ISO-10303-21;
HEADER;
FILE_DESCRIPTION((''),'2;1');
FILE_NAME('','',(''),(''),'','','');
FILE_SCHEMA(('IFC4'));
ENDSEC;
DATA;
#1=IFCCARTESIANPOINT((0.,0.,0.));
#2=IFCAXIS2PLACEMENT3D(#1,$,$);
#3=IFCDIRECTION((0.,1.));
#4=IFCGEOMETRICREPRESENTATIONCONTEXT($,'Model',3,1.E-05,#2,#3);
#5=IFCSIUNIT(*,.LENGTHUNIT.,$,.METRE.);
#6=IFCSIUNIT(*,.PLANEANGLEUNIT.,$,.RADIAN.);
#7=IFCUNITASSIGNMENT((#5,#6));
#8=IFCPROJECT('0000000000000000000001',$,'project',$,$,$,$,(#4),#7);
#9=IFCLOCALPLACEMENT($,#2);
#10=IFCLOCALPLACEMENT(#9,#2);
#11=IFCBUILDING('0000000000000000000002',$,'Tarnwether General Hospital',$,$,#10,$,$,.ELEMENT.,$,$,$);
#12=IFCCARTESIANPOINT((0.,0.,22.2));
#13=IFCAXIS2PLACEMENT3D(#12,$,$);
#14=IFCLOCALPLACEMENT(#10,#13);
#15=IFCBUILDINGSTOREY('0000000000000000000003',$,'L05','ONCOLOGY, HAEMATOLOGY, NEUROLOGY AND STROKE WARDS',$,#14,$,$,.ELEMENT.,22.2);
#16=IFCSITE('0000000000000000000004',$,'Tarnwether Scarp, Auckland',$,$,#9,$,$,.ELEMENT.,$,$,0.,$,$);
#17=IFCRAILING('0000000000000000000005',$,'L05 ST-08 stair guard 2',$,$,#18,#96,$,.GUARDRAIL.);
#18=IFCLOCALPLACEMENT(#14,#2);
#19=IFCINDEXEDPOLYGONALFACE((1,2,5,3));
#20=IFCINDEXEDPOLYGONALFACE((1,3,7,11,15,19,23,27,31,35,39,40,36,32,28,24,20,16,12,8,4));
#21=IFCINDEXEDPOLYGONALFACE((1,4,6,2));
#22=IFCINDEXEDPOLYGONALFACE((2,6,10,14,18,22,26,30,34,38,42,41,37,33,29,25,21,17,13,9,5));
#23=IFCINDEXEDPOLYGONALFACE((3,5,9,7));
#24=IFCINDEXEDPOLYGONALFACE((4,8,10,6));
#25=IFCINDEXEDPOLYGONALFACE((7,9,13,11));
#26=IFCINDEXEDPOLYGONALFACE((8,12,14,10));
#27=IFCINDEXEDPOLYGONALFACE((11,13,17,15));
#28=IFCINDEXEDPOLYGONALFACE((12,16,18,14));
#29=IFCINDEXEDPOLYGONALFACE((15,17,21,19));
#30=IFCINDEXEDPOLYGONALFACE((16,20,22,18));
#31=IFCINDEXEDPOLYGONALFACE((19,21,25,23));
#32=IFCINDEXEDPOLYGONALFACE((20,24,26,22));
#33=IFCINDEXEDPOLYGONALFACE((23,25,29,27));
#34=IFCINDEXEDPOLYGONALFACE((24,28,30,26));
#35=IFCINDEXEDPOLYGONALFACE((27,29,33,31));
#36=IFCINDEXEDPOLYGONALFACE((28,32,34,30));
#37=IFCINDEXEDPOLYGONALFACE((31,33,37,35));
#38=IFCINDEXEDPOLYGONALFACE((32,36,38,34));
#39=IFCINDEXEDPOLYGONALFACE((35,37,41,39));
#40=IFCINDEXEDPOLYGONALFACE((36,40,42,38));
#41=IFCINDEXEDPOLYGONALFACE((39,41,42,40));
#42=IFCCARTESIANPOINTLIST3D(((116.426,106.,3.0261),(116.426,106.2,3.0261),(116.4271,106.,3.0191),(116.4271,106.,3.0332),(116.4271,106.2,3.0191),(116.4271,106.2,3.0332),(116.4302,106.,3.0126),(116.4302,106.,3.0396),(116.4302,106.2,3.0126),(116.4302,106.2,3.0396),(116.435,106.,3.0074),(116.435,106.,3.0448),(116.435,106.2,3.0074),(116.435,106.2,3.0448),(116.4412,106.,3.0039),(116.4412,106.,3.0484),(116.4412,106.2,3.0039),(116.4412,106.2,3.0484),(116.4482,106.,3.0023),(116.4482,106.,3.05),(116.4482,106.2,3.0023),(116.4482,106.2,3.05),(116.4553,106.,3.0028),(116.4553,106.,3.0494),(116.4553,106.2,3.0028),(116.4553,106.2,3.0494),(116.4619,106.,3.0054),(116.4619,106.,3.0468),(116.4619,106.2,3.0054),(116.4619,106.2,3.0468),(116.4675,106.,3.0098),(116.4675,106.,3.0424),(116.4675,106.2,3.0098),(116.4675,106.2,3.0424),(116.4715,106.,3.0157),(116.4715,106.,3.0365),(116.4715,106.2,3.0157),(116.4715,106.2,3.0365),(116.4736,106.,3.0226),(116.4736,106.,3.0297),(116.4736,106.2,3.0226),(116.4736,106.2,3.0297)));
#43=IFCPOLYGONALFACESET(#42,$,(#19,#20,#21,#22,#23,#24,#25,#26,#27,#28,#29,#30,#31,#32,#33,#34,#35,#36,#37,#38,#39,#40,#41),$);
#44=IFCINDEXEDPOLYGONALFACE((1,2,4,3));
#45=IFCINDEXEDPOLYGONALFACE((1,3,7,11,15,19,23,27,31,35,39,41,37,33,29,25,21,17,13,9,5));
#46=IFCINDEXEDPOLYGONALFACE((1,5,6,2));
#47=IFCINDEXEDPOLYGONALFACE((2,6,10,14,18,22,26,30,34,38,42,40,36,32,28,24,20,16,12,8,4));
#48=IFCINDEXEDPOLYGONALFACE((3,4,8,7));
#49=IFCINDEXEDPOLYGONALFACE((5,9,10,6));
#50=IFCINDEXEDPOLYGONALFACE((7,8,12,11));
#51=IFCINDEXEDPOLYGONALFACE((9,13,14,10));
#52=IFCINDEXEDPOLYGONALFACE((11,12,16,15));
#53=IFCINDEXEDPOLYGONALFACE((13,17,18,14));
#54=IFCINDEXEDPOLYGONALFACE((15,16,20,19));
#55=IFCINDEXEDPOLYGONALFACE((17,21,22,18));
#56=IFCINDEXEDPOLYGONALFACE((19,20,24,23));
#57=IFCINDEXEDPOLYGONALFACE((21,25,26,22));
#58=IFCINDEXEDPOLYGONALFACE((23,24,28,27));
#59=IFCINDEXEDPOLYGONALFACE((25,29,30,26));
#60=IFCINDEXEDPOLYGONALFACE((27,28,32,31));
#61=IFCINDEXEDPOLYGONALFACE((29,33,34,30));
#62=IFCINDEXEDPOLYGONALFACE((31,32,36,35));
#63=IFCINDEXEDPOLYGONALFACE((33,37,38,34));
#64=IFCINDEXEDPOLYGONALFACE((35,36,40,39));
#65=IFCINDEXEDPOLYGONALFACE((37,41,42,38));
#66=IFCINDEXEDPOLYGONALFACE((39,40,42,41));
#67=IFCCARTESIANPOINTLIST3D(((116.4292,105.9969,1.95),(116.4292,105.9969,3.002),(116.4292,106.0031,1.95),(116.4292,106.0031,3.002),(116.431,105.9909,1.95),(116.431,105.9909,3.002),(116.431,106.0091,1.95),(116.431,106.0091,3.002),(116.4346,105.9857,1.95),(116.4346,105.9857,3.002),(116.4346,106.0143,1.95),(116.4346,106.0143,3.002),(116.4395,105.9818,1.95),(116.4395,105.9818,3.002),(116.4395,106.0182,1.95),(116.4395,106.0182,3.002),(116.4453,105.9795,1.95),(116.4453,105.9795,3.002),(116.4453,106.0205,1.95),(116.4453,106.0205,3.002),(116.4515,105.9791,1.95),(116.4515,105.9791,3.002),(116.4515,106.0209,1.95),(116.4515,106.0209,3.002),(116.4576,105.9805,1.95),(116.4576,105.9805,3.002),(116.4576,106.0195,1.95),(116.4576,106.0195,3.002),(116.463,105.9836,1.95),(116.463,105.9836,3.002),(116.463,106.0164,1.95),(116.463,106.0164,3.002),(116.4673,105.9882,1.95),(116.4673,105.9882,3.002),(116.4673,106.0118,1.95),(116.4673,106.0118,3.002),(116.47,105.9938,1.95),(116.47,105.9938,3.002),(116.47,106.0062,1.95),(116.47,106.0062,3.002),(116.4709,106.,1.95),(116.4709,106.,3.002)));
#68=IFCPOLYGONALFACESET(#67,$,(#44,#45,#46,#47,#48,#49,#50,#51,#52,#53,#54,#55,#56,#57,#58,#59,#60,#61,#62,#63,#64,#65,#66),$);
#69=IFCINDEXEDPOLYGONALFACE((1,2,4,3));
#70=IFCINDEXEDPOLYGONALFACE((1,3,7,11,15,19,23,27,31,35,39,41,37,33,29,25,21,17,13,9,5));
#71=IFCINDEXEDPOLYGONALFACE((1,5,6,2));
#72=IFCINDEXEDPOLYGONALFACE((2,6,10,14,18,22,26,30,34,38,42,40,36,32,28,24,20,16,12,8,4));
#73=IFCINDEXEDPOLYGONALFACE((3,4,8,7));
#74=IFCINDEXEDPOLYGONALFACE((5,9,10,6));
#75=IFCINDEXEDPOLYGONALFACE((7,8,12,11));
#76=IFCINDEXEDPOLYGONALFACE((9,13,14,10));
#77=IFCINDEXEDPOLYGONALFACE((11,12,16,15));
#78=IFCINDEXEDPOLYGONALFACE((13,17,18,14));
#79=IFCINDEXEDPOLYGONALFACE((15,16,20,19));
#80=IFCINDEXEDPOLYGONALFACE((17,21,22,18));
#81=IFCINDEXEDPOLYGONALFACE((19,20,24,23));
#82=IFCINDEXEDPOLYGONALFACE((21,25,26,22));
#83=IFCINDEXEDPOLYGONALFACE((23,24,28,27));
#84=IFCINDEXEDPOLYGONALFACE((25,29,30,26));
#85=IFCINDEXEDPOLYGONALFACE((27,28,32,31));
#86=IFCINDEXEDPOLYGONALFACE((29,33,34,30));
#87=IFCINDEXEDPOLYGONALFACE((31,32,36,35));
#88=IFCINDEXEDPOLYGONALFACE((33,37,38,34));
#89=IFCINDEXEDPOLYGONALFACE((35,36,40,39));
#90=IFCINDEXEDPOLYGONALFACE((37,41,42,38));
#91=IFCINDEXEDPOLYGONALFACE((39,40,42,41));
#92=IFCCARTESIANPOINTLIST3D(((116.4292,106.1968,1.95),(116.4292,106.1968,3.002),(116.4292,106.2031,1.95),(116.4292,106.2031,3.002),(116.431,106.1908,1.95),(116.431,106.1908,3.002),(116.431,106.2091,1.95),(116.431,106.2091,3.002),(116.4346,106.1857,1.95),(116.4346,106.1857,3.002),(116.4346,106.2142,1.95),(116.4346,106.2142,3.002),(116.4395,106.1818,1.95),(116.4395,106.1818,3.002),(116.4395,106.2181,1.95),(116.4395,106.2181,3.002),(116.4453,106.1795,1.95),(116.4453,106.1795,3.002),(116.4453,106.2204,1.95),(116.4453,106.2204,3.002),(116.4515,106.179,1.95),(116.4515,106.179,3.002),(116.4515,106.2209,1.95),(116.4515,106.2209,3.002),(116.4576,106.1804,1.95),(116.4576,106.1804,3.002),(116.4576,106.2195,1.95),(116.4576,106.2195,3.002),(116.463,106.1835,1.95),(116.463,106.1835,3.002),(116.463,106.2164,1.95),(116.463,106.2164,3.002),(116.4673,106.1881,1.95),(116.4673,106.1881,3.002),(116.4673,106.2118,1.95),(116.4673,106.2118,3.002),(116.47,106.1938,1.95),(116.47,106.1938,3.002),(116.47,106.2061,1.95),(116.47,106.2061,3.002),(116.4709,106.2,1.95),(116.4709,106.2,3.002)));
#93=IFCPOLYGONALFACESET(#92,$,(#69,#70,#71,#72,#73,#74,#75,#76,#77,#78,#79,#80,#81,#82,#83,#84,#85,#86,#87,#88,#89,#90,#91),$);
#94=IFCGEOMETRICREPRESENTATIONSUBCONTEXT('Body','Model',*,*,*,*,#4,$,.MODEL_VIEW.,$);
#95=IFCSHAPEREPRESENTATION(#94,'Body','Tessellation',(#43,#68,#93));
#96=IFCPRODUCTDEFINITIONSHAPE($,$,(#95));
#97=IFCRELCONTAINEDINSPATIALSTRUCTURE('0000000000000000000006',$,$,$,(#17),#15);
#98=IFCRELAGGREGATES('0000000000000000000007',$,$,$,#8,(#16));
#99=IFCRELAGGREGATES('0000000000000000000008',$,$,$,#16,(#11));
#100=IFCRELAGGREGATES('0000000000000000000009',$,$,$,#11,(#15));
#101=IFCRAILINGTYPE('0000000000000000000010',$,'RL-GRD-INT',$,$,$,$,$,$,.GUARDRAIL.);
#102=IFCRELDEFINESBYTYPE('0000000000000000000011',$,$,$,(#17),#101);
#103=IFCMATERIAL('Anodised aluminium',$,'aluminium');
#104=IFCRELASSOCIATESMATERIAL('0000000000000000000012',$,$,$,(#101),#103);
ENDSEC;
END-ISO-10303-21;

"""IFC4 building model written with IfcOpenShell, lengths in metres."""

from ifc_helpers import new_model, si_unit, direction, frame, origin, origin_2d, place, context, subcontext, project, spatial, circle, extrude, material, type_object, element, save


model = new_model("IFC4")

# Units and contexts
model_context = context("Model", 3, precision=1e-05, world=origin(), true_north=direction((0.0, 1.0)))
body_context = subcontext(model_context, "Body", "Model", "MODEL_VIEW")
ifc_project = project(units=[si_unit("LENGTHUNIT", "METRE"), si_unit("PLANEANGLEUNIT", "RADIAN")], contexts=[model_context])

# Site, building, storey
site_placement = place(None, origin())
site = spatial("IfcSite", under=ifc_project, at=site_placement, Name="Tarnwether Scarp, Auckland", CompositionType="ELEMENT", RefElevation=0.0)
building_placement = place(site_placement, origin())
building = spatial("IfcBuilding", under=site, at=building_placement, Name="Tarnwether General Hospital", CompositionType="ELEMENT")
storey_placement = place(building_placement, frame((0.0, 0.0, 22.2)))
storey = spatial("IfcBuildingStorey", under=building, at=storey_placement, Name="L05", Description="ONCOLOGY, HAEMATOLOGY, NEUROLOGY AND STROKE WARDS", CompositionType="ELEMENT", Elevation=22.2)

# Railing
ifc_material_1 = material(Name="Anodised aluminium", Category="aluminium")
railing_type_1 = type_object("IfcRailingType", Name="RL-GRD-INT", PredefinedType="GUARDRAIL", material=ifc_material_1)
railing_1_placement = place(storey_placement, frame((116.45, 106.0, 1.95)))
element("IfcRailing", 1, at=railing_1_placement, inside=storey, type_object=railing_type_1, Name="L05 ST-08 stair guard 2", PredefinedType="GUARDRAIL", context=body_context, shape_type="SweptSolid", body=[
    extrude(circle(Radius=0.0239, at=origin_2d()), frame((0.0, 0.0, 1.0762), z_axis=(0.0, 1.0, 0.0), x_axis=(-1.0, 0.0, 0.0)), (0.0, 0.0, 1.0), 0.2),
    extrude(circle(Radius=0.021, at=origin_2d()), origin(), (0.0, 0.0, 1.0), 1.052),
    extrude(circle(Radius=0.021, at=origin_2d()), frame((0.0, 0.2, 0.0)), (0.0, 0.0, 1.0), 1.052),
])

save(model, "model.ifc")
